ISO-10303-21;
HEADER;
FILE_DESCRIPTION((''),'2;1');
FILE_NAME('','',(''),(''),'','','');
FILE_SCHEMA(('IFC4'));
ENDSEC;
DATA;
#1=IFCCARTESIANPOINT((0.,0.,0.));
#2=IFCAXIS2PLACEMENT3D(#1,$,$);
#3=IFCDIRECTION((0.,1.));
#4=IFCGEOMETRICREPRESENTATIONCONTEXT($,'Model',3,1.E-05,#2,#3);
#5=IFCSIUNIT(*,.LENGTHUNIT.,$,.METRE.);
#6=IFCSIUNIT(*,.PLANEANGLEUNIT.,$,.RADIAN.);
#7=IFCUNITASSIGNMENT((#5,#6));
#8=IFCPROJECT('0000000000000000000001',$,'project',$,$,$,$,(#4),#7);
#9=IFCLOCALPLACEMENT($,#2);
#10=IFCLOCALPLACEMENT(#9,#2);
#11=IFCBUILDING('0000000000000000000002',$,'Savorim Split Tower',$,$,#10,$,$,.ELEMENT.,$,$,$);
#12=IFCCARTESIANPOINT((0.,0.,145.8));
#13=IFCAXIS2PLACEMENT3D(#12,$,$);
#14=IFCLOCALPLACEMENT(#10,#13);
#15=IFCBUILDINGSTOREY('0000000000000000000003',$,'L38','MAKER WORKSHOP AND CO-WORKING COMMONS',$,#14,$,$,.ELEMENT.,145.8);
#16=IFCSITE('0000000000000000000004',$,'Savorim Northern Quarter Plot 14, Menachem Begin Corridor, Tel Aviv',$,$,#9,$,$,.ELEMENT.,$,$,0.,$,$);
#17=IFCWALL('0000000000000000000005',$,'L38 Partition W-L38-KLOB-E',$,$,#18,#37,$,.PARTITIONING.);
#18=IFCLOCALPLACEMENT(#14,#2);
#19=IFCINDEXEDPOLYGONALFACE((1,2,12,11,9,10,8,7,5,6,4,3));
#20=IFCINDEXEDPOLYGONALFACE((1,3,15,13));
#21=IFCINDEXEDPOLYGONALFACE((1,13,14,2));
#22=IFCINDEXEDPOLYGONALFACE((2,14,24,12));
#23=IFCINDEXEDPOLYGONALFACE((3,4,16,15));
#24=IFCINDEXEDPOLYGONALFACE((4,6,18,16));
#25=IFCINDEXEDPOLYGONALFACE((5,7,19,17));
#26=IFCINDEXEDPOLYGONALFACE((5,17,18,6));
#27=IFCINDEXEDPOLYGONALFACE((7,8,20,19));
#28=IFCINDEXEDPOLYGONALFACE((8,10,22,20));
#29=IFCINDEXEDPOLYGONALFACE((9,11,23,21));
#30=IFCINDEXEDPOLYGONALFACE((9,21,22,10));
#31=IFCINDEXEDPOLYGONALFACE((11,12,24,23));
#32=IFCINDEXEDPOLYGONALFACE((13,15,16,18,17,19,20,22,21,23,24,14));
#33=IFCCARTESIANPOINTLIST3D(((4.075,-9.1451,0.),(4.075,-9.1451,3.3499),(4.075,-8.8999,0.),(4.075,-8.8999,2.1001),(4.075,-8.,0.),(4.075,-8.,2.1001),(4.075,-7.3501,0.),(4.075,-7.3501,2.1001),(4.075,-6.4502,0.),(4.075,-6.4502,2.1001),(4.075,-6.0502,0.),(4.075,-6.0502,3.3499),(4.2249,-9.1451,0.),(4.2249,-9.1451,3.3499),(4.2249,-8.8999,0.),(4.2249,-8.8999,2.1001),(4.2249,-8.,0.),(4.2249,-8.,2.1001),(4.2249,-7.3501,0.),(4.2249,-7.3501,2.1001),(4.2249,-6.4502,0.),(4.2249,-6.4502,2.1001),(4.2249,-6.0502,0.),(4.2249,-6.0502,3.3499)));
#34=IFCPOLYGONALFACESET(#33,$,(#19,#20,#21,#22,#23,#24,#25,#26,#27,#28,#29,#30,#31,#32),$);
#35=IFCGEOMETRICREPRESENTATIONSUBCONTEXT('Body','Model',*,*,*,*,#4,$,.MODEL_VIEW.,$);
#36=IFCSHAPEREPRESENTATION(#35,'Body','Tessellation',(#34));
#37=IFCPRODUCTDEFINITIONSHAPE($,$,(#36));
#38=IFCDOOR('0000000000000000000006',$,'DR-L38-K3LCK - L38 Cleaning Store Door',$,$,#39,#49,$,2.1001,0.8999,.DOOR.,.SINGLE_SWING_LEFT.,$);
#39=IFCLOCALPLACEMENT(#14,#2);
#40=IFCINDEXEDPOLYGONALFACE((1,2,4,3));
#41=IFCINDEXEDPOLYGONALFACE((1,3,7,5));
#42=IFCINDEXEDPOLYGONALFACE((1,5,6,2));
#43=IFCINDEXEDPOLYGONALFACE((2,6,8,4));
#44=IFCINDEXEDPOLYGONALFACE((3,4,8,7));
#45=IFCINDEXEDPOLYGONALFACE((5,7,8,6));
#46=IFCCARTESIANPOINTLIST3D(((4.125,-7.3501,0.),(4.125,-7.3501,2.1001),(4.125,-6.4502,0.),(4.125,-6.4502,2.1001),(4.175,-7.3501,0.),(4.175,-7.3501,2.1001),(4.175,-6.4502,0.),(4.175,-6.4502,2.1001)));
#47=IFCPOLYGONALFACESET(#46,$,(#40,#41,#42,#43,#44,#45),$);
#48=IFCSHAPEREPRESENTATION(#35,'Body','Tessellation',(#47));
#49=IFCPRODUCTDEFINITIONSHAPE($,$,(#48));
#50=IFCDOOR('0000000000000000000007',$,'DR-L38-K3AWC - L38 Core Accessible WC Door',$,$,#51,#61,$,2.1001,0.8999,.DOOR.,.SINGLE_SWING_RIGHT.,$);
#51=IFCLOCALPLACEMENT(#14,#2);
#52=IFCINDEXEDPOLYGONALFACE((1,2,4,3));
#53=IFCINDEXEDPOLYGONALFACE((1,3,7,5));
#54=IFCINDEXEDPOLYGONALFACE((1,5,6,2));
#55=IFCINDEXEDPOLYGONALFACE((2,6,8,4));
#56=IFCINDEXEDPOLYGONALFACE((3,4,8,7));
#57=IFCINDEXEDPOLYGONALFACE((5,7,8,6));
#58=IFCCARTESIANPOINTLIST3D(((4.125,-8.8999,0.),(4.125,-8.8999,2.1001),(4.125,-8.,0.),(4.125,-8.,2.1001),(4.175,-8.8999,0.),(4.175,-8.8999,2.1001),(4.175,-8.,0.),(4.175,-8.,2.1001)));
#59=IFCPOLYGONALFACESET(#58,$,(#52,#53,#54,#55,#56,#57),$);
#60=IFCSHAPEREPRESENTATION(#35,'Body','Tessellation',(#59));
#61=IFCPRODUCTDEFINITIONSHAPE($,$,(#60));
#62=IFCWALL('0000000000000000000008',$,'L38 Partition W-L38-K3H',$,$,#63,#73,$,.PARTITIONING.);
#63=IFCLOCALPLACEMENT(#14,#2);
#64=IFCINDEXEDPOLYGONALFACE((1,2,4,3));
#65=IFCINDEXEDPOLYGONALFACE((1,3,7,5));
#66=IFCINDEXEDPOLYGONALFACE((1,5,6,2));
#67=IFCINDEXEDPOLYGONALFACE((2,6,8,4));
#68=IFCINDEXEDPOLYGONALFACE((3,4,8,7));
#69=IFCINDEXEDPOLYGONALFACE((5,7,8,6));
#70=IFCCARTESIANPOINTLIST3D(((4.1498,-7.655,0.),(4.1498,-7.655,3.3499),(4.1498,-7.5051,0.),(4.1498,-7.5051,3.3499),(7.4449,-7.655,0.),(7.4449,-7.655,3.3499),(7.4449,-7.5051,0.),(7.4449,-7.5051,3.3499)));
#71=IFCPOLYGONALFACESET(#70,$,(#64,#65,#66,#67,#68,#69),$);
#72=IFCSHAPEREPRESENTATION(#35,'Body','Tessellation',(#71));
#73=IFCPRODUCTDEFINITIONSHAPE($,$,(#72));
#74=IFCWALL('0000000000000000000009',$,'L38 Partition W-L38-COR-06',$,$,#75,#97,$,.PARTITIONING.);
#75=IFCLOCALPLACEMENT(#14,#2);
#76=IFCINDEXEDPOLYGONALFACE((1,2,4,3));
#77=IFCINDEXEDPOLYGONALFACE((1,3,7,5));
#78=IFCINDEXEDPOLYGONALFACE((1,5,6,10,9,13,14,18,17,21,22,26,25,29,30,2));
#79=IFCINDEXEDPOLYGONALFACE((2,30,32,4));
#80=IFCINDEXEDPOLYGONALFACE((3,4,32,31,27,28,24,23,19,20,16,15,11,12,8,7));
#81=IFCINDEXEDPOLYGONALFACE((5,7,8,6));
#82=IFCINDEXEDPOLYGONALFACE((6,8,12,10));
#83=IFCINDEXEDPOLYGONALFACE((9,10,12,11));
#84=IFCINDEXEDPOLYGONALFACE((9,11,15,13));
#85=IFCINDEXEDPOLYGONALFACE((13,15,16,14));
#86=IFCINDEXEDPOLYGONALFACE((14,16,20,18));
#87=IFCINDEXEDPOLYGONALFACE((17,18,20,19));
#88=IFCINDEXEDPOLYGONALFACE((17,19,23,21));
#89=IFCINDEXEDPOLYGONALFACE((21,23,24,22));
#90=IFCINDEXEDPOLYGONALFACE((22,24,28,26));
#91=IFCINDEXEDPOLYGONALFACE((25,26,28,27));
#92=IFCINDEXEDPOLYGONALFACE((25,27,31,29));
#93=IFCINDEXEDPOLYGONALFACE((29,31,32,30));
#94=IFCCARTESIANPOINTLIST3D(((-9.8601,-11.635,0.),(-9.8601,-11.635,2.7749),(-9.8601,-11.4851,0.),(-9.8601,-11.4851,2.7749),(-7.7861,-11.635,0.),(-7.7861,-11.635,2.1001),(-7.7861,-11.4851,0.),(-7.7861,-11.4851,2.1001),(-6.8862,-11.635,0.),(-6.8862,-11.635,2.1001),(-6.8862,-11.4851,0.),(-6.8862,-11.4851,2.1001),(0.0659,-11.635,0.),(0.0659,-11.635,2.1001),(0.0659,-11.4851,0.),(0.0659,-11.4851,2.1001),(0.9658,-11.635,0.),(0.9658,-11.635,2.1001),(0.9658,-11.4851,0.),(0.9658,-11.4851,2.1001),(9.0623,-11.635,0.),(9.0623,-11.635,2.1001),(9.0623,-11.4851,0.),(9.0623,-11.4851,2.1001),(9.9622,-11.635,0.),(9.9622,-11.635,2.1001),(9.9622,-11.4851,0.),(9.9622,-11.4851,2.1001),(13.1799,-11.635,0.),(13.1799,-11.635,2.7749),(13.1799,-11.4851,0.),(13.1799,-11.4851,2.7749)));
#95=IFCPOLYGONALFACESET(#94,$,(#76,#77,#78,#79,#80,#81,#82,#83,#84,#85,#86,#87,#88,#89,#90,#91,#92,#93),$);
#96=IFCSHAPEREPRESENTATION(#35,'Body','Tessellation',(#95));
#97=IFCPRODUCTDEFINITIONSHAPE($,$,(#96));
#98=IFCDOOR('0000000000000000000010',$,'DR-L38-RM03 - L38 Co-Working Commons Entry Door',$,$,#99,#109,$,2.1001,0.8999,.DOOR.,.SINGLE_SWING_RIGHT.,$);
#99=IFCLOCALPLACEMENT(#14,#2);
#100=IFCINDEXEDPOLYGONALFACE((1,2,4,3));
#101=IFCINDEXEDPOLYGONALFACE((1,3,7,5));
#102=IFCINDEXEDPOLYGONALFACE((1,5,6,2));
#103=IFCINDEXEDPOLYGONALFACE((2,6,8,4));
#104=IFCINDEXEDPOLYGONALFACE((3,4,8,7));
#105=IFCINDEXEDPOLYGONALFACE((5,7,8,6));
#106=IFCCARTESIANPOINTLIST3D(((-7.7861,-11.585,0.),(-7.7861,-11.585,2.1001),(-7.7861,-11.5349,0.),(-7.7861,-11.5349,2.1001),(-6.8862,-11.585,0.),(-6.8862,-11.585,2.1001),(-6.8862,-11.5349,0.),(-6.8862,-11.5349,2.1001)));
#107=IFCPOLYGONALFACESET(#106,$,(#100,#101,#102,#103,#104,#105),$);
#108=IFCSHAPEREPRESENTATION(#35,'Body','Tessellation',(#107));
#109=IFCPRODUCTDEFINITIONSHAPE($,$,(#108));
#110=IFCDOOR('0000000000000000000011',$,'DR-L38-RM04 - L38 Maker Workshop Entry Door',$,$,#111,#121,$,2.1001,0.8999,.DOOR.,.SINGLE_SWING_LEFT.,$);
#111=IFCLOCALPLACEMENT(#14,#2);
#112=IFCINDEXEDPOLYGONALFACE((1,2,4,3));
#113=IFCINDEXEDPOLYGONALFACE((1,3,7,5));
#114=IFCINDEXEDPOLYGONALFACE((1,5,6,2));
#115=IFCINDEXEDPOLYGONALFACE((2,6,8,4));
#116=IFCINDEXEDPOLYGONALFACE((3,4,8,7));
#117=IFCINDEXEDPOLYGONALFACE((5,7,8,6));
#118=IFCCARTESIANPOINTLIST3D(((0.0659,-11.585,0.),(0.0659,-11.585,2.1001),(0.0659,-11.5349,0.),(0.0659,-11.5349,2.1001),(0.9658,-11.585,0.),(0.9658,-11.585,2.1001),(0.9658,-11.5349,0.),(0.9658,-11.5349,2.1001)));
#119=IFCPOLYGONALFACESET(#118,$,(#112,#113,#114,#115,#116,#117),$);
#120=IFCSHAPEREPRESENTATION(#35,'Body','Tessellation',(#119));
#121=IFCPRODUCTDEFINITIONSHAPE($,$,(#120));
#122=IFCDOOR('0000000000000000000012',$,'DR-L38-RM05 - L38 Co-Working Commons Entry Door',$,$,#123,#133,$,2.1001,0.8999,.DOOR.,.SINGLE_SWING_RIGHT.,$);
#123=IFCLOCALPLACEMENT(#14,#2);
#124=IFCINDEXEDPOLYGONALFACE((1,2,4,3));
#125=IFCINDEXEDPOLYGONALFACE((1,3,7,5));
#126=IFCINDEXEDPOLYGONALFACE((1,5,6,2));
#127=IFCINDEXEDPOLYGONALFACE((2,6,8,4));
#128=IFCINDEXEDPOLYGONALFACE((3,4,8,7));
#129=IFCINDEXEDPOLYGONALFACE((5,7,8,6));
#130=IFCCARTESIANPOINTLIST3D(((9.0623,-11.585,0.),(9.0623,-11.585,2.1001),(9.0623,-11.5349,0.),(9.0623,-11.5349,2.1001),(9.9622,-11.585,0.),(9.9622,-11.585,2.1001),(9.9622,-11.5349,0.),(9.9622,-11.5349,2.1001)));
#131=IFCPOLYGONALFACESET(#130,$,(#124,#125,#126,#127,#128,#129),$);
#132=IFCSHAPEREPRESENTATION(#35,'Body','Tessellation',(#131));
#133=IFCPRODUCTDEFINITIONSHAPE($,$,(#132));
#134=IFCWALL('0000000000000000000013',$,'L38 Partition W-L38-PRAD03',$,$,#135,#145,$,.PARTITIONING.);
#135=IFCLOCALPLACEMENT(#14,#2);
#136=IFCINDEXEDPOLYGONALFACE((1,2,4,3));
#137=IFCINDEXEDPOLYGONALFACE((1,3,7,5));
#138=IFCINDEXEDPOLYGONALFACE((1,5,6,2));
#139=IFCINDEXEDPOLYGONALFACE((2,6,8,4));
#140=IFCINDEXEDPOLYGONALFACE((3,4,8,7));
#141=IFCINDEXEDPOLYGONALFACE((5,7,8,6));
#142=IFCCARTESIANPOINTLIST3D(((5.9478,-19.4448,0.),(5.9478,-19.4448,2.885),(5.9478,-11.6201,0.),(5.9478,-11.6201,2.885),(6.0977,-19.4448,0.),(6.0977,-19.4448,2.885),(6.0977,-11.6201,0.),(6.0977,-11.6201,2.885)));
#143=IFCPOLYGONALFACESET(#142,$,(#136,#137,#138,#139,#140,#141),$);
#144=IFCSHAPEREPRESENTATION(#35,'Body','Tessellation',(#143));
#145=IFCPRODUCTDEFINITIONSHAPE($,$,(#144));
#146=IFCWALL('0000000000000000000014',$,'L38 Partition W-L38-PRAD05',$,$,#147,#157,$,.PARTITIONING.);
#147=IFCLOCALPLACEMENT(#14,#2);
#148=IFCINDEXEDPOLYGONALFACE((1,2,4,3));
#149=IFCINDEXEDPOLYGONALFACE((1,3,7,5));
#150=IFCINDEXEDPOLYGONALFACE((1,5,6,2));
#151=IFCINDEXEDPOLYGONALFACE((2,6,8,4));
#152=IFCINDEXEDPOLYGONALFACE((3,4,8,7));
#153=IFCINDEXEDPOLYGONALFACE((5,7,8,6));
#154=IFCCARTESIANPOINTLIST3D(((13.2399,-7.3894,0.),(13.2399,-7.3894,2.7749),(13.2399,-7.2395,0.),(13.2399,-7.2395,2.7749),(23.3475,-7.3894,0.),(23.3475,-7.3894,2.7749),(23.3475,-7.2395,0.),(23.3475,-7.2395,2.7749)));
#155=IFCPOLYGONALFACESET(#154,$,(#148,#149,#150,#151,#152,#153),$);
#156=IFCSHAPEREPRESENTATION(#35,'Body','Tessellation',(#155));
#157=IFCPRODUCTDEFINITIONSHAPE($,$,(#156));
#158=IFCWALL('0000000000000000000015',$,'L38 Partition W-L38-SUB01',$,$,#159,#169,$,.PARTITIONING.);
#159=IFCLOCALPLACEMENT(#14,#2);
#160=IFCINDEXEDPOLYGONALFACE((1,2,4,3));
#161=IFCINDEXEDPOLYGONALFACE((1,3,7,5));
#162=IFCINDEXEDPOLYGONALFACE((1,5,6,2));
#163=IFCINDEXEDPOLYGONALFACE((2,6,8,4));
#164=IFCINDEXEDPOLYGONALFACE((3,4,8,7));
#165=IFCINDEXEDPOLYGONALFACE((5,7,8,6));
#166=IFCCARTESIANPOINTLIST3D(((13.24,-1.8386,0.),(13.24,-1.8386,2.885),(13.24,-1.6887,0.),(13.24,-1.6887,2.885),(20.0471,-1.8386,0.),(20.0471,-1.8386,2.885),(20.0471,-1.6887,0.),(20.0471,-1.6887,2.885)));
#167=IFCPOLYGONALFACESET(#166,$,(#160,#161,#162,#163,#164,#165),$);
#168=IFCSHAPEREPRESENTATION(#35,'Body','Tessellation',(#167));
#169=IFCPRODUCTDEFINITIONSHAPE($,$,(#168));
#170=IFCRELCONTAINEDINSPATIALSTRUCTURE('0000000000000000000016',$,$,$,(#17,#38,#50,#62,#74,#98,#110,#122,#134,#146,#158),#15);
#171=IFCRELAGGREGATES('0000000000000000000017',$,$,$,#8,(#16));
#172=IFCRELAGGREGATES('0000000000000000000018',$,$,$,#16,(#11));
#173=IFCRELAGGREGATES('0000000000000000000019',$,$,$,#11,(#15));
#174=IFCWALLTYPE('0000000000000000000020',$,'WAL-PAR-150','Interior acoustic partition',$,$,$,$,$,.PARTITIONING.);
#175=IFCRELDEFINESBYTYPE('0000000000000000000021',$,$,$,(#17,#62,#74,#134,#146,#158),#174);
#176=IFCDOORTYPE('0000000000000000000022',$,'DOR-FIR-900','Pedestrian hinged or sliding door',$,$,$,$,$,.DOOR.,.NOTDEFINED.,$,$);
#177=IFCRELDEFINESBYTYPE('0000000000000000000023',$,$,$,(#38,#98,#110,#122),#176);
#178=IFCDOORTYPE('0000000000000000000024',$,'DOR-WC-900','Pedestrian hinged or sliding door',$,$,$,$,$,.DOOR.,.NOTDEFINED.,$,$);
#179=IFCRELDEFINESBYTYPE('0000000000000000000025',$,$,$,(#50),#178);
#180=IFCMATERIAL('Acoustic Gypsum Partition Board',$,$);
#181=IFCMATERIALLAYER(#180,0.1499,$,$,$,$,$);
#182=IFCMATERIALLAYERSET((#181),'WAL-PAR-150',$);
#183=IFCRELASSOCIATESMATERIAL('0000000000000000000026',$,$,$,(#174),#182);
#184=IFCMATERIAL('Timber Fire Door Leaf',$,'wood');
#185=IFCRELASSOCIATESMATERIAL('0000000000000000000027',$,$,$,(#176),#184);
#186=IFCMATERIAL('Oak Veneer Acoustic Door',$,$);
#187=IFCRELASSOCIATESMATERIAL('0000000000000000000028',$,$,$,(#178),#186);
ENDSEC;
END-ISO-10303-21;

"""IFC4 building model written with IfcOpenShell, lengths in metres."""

from ifc_helpers import new_model, si_unit, direction, frame, frame_2d, origin, place, context, subcontext, project, spatial, rectangle, extrude, material, layer, layer_set, type_object, element, fill, save


model = new_model("IFC4")

# Units and contexts
model_context = context("Model", 3, precision=1e-05, world=origin(), true_north=direction((0.0, 1.0)))
body_context = subcontext(model_context, "Body", "Model", "MODEL_VIEW")
ifc_project = project(units=[si_unit("LENGTHUNIT", "METRE"), si_unit("PLANEANGLEUNIT", "RADIAN")], contexts=[model_context])

# Site, building, storey
site_placement = place(None, origin())
site = spatial("IfcSite", under=ifc_project, at=site_placement, Name="Savorim Northern Quarter Plot 14, Menachem Begin Corridor, Tel Aviv", CompositionType="ELEMENT", RefElevation=0.0)
building_placement = place(site_placement, origin())
building = spatial("IfcBuilding", under=site, at=building_placement, Name="Savorim Split Tower", CompositionType="ELEMENT")
storey_placement = place(building_placement, frame((0.0, 0.0, 145.8)))
storey = spatial("IfcBuildingStorey", under=building, at=storey_placement, Name="L38", Description="MAKER WORKSHOP AND CO-WORKING COMMONS", CompositionType="ELEMENT", Elevation=145.8)

# Shared definitions
ifc_material_1 = material(Name="Timber Fire Door Leaf", Category="wood")

# Wall, openings, doors
ifc_material_2 = material(Name="Acoustic Gypsum Partition Board")
ifc_layer_1 = layer(ifc_material_2, 0.1499)
ifc_layer_set_1 = layer_set([ifc_layer_1], Name="WAL-PAR-150")
wall_type_1 = type_object("IfcWallType", Name="WAL-PAR-150", Description="Interior acoustic partition", PredefinedType="PARTITIONING", material=ifc_layer_set_1)
wall_1_placement = place(storey_placement, frame((4.1499, -9.145, 0.0), z_axis=(0.0, 0.0, 1.0), x_axis=(0.0, 1.0, 0.0)))
wall_1 = element("IfcWall", 1, at=wall_1_placement, inside=storey, type_object=wall_type_1, Name="L38 Partition W-L38-KLOB-E", PredefinedType="PARTITIONING", context=body_context, shape_type="SweptSolid", body=[
    extrude(rectangle(XDim=3.095, YDim=0.1499, at=frame_2d((1.5474, 0.0))), origin(), (0.0, 0.0, 1.0), 3.3499),
])
opening_1_placement = place(wall_1_placement, frame((0.2451, 0.0, 0.0)))
opening_1 = element("IfcOpeningElement", 2, at=opening_1_placement, cuts=wall_1, PredefinedType="OPENING", context=body_context, shape_type="SweptSolid", body=[
    extrude(rectangle(XDim=0.8999, YDim=2.1001, at=frame_2d((0.45, 1.05))), frame((0.0, 0.085, 0.0), z_axis=(0.0, -1.0, 0.0), x_axis=(1.0, 0.0, 0.0)), (0.0, 0.0, 1.0), 0.1699),
])
opening_2_placement = place(wall_1_placement, frame((1.7949, 0.0, 0.0)))
opening_2 = element("IfcOpeningElement", 3, at=opening_2_placement, cuts=wall_1, PredefinedType="OPENING", context=body_context, shape_type="SweptSolid", body=[
    extrude(rectangle(XDim=0.8999, YDim=2.1001, at=frame_2d((0.45, 1.05))), frame((0.0, 0.085, 0.0), z_axis=(0.0, -1.0, 0.0), x_axis=(1.0, 0.0, 0.0)), (0.0, 0.0, 1.0), 0.1699),
])
door_type_1 = type_object("IfcDoorType", Name="DOR-FIR-900", Description="Pedestrian hinged or sliding door", OperationType="NOTDEFINED", PredefinedType="DOOR", material=ifc_material_1)
door_1_placement = place(opening_2_placement, origin())
door_1 = element("IfcDoor", 4, at=door_1_placement, inside=storey, type_object=door_type_1, Name="DR-L38-K3LCK - L38 Cleaning Store Door", OperationType="SINGLE_SWING_LEFT", OverallHeight=2.1001, OverallWidth=0.8999, PredefinedType="DOOR", context=body_context, shape_type="SweptSolid", body=[
    extrude(rectangle(XDim=0.8999, YDim=2.1001, at=frame_2d((0.45, 1.05))), frame((0.0, 0.0249, 0.0), z_axis=(0.0, -1.0, 0.0), x_axis=(1.0, 0.0, 0.0)), (0.0, 0.0, 1.0), 0.05),
])
fill(opening_2, door_1)
ifc_material_3 = material(Name="Oak Veneer Acoustic Door")
door_type_2 = type_object("IfcDoorType", Name="DOR-WC-900", Description="Pedestrian hinged or sliding door", OperationType="NOTDEFINED", PredefinedType="DOOR", material=ifc_material_3)
door_2_placement = place(opening_1_placement, origin())
door_2 = element("IfcDoor", 5, at=door_2_placement, inside=storey, type_object=door_type_2, Name="DR-L38-K3AWC - L38 Core Accessible WC Door", OperationType="SINGLE_SWING_RIGHT", OverallHeight=2.1001, OverallWidth=0.8999, PredefinedType="DOOR", context=body_context, shape_type="SweptSolid", body=[
    extrude(rectangle(XDim=0.8999, YDim=2.1001, at=frame_2d((0.45, 1.05))), frame((0.0, 0.0249, 0.0), z_axis=(0.0, -1.0, 0.0), x_axis=(1.0, 0.0, 0.0)), (0.0, 0.0, 1.0), 0.05),
])
fill(opening_1, door_2)

# Wall
wall_2_placement = place(storey_placement, frame((4.1499, -7.5801, 0.0), z_axis=(0.0, 0.0, 1.0), x_axis=(1.0, 0.0, 0.0)))
element("IfcWall", 6, at=wall_2_placement, inside=storey, type_object=wall_type_1, Name="L38 Partition W-L38-K3H", PredefinedType="PARTITIONING", context=body_context, shape_type="SweptSolid", body=[
    extrude(rectangle(XDim=3.2952, YDim=0.1499, at=frame_2d((1.6475, 0.0))), origin(), (0.0, 0.0, 1.0), 3.3499),
])

# Wall, openings, doors
wall_3_placement = place(storey_placement, frame((13.1799, -11.5601, 0.0), z_axis=(0.0, 0.0, 1.0), x_axis=(-1.0, 0.0, 0.0)))
wall_3 = element("IfcWall", 7, at=wall_3_placement, inside=storey, type_object=wall_type_1, Name="L38 Partition W-L38-COR-06", PredefinedType="PARTITIONING", context=body_context, shape_type="SweptSolid", body=[
    extrude(rectangle(XDim=23.04, YDim=0.1499, at=frame_2d((11.52, 0.0))), origin(), (0.0, 0.0, 1.0), 2.7749),
])
opening_3_placement = place(wall_3_placement, frame((20.0662, 0.0, 0.0)))
opening_3 = element("IfcOpeningElement", 8, at=opening_3_placement, cuts=wall_3, PredefinedType="OPENING", context=body_context, shape_type="SweptSolid", body=[
    extrude(rectangle(XDim=0.8999, YDim=2.1001, at=frame_2d((0.45, 1.05))), frame((0.0, 0.085, 0.0), z_axis=(0.0, -1.0, 0.0), x_axis=(1.0, 0.0, 0.0)), (0.0, 0.0, 1.0), 0.1699),
])
opening_4_placement = place(wall_3_placement, frame((12.2141, 0.0, 0.0)))
opening_4 = element("IfcOpeningElement", 9, at=opening_4_placement, cuts=wall_3, PredefinedType="OPENING", context=body_context, shape_type="SweptSolid", body=[
    extrude(rectangle(XDim=0.8999, YDim=2.1001, at=frame_2d((0.45, 1.05))), frame((0.0, 0.085, 0.0), z_axis=(0.0, -1.0, 0.0), x_axis=(1.0, 0.0, 0.0)), (0.0, 0.0, 1.0), 0.1699),
])
opening_5_placement = place(wall_3_placement, frame((3.2178, 0.0, 0.0)))
opening_5 = element("IfcOpeningElement", 10, at=opening_5_placement, cuts=wall_3, PredefinedType="OPENING", context=body_context, shape_type="SweptSolid", body=[
    extrude(rectangle(XDim=0.8999, YDim=2.1001, at=frame_2d((0.45, 1.05))), frame((0.0, 0.085, 0.0), z_axis=(0.0, -1.0, 0.0), x_axis=(1.0, 0.0, 0.0)), (0.0, 0.0, 1.0), 0.1699),
])
door_3_placement = place(opening_3_placement, origin())
door_3 = element("IfcDoor", 11, at=door_3_placement, inside=storey, type_object=door_type_1, Name="DR-L38-RM03 - L38 Co-Working Commons Entry Door", OperationType="SINGLE_SWING_RIGHT", OverallHeight=2.1001, OverallWidth=0.8999, PredefinedType="DOOR", context=body_context, shape_type="SweptSolid", body=[
    extrude(rectangle(XDim=0.8999, YDim=2.1001, at=frame_2d((0.45, 1.05))), frame((0.0, 0.0249, 0.0), z_axis=(0.0, -1.0, 0.0), x_axis=(1.0, 0.0, 0.0)), (0.0, 0.0, 1.0), 0.05),
])
fill(opening_3, door_3)
door_4_placement = place(opening_4_placement, origin())
door_4 = element("IfcDoor", 12, at=door_4_placement, inside=storey, type_object=door_type_1, Name="DR-L38-RM04 - L38 Maker Workshop Entry Door", OperationType="SINGLE_SWING_LEFT", OverallHeight=2.1001, OverallWidth=0.8999, PredefinedType="DOOR", context=body_context, shape_type="SweptSolid", body=[
    extrude(rectangle(XDim=0.8999, YDim=2.1001, at=frame_2d((0.45, 1.05))), frame((0.0, 0.0249, 0.0), z_axis=(0.0, -1.0, 0.0), x_axis=(1.0, 0.0, 0.0)), (0.0, 0.0, 1.0), 0.05),
])
fill(opening_4, door_4)
door_5_placement = place(opening_5_placement, origin())
door_5 = element("IfcDoor", 13, at=door_5_placement, inside=storey, type_object=door_type_1, Name="DR-L38-RM05 - L38 Co-Working Commons Entry Door", OperationType="SINGLE_SWING_RIGHT", OverallHeight=2.1001, OverallWidth=0.8999, PredefinedType="DOOR", context=body_context, shape_type="SweptSolid", body=[
    extrude(rectangle(XDim=0.8999, YDim=2.1001, at=frame_2d((0.45, 1.05))), frame((0.0, 0.0249, 0.0), z_axis=(0.0, -1.0, 0.0), x_axis=(1.0, 0.0, 0.0)), (0.0, 0.0, 1.0), 0.05),
])
fill(opening_5, door_5)

# Walls
wall_4_placement = place(storey_placement, frame((6.0227, -11.6201, 0.0), z_axis=(0.0, 0.0, 1.0), x_axis=(0.0, -1.0, 0.0)))
element("IfcWall", 14, at=wall_4_placement, inside=storey, type_object=wall_type_1, Name="L38 Partition W-L38-PRAD03", PredefinedType="PARTITIONING", context=body_context, shape_type="SweptSolid", body=[
    extrude(rectangle(XDim=7.8247, YDim=0.1499, at=frame_2d((3.9124, 0.0))), origin(), (0.0, 0.0, 1.0), 2.885),
])
wall_5_placement = place(storey_placement, frame((13.24, -7.3145, 0.0), z_axis=(0.0, 0.0, 1.0), x_axis=(1.0, 0.0, 0.0)))
element("IfcWall", 15, at=wall_5_placement, inside=storey, type_object=wall_type_1, Name="L38 Partition W-L38-PRAD05", PredefinedType="PARTITIONING", context=body_context, shape_type="SweptSolid", body=[
    extrude(rectangle(XDim=10.1077, YDim=0.1499, at=frame_2d((5.0537, 0.0))), origin(), (0.0, 0.0, 1.0), 2.7749),
])
wall_6_placement = place(storey_placement, frame((13.24, -1.7637, 0.0), z_axis=(0.0, 0.0, 1.0), x_axis=(1.0, 0.0, 0.0)))
element("IfcWall", 16, at=wall_6_placement, inside=storey, type_object=wall_type_1, Name="L38 Partition W-L38-SUB01", PredefinedType="PARTITIONING", context=body_context, shape_type="SweptSolid", body=[
    extrude(rectangle(XDim=6.8071, YDim=0.1499, at=frame_2d((3.4036, 0.0))), origin(), (0.0, 0.0, 1.0), 2.885),
])

save(model, "model.ifc")
